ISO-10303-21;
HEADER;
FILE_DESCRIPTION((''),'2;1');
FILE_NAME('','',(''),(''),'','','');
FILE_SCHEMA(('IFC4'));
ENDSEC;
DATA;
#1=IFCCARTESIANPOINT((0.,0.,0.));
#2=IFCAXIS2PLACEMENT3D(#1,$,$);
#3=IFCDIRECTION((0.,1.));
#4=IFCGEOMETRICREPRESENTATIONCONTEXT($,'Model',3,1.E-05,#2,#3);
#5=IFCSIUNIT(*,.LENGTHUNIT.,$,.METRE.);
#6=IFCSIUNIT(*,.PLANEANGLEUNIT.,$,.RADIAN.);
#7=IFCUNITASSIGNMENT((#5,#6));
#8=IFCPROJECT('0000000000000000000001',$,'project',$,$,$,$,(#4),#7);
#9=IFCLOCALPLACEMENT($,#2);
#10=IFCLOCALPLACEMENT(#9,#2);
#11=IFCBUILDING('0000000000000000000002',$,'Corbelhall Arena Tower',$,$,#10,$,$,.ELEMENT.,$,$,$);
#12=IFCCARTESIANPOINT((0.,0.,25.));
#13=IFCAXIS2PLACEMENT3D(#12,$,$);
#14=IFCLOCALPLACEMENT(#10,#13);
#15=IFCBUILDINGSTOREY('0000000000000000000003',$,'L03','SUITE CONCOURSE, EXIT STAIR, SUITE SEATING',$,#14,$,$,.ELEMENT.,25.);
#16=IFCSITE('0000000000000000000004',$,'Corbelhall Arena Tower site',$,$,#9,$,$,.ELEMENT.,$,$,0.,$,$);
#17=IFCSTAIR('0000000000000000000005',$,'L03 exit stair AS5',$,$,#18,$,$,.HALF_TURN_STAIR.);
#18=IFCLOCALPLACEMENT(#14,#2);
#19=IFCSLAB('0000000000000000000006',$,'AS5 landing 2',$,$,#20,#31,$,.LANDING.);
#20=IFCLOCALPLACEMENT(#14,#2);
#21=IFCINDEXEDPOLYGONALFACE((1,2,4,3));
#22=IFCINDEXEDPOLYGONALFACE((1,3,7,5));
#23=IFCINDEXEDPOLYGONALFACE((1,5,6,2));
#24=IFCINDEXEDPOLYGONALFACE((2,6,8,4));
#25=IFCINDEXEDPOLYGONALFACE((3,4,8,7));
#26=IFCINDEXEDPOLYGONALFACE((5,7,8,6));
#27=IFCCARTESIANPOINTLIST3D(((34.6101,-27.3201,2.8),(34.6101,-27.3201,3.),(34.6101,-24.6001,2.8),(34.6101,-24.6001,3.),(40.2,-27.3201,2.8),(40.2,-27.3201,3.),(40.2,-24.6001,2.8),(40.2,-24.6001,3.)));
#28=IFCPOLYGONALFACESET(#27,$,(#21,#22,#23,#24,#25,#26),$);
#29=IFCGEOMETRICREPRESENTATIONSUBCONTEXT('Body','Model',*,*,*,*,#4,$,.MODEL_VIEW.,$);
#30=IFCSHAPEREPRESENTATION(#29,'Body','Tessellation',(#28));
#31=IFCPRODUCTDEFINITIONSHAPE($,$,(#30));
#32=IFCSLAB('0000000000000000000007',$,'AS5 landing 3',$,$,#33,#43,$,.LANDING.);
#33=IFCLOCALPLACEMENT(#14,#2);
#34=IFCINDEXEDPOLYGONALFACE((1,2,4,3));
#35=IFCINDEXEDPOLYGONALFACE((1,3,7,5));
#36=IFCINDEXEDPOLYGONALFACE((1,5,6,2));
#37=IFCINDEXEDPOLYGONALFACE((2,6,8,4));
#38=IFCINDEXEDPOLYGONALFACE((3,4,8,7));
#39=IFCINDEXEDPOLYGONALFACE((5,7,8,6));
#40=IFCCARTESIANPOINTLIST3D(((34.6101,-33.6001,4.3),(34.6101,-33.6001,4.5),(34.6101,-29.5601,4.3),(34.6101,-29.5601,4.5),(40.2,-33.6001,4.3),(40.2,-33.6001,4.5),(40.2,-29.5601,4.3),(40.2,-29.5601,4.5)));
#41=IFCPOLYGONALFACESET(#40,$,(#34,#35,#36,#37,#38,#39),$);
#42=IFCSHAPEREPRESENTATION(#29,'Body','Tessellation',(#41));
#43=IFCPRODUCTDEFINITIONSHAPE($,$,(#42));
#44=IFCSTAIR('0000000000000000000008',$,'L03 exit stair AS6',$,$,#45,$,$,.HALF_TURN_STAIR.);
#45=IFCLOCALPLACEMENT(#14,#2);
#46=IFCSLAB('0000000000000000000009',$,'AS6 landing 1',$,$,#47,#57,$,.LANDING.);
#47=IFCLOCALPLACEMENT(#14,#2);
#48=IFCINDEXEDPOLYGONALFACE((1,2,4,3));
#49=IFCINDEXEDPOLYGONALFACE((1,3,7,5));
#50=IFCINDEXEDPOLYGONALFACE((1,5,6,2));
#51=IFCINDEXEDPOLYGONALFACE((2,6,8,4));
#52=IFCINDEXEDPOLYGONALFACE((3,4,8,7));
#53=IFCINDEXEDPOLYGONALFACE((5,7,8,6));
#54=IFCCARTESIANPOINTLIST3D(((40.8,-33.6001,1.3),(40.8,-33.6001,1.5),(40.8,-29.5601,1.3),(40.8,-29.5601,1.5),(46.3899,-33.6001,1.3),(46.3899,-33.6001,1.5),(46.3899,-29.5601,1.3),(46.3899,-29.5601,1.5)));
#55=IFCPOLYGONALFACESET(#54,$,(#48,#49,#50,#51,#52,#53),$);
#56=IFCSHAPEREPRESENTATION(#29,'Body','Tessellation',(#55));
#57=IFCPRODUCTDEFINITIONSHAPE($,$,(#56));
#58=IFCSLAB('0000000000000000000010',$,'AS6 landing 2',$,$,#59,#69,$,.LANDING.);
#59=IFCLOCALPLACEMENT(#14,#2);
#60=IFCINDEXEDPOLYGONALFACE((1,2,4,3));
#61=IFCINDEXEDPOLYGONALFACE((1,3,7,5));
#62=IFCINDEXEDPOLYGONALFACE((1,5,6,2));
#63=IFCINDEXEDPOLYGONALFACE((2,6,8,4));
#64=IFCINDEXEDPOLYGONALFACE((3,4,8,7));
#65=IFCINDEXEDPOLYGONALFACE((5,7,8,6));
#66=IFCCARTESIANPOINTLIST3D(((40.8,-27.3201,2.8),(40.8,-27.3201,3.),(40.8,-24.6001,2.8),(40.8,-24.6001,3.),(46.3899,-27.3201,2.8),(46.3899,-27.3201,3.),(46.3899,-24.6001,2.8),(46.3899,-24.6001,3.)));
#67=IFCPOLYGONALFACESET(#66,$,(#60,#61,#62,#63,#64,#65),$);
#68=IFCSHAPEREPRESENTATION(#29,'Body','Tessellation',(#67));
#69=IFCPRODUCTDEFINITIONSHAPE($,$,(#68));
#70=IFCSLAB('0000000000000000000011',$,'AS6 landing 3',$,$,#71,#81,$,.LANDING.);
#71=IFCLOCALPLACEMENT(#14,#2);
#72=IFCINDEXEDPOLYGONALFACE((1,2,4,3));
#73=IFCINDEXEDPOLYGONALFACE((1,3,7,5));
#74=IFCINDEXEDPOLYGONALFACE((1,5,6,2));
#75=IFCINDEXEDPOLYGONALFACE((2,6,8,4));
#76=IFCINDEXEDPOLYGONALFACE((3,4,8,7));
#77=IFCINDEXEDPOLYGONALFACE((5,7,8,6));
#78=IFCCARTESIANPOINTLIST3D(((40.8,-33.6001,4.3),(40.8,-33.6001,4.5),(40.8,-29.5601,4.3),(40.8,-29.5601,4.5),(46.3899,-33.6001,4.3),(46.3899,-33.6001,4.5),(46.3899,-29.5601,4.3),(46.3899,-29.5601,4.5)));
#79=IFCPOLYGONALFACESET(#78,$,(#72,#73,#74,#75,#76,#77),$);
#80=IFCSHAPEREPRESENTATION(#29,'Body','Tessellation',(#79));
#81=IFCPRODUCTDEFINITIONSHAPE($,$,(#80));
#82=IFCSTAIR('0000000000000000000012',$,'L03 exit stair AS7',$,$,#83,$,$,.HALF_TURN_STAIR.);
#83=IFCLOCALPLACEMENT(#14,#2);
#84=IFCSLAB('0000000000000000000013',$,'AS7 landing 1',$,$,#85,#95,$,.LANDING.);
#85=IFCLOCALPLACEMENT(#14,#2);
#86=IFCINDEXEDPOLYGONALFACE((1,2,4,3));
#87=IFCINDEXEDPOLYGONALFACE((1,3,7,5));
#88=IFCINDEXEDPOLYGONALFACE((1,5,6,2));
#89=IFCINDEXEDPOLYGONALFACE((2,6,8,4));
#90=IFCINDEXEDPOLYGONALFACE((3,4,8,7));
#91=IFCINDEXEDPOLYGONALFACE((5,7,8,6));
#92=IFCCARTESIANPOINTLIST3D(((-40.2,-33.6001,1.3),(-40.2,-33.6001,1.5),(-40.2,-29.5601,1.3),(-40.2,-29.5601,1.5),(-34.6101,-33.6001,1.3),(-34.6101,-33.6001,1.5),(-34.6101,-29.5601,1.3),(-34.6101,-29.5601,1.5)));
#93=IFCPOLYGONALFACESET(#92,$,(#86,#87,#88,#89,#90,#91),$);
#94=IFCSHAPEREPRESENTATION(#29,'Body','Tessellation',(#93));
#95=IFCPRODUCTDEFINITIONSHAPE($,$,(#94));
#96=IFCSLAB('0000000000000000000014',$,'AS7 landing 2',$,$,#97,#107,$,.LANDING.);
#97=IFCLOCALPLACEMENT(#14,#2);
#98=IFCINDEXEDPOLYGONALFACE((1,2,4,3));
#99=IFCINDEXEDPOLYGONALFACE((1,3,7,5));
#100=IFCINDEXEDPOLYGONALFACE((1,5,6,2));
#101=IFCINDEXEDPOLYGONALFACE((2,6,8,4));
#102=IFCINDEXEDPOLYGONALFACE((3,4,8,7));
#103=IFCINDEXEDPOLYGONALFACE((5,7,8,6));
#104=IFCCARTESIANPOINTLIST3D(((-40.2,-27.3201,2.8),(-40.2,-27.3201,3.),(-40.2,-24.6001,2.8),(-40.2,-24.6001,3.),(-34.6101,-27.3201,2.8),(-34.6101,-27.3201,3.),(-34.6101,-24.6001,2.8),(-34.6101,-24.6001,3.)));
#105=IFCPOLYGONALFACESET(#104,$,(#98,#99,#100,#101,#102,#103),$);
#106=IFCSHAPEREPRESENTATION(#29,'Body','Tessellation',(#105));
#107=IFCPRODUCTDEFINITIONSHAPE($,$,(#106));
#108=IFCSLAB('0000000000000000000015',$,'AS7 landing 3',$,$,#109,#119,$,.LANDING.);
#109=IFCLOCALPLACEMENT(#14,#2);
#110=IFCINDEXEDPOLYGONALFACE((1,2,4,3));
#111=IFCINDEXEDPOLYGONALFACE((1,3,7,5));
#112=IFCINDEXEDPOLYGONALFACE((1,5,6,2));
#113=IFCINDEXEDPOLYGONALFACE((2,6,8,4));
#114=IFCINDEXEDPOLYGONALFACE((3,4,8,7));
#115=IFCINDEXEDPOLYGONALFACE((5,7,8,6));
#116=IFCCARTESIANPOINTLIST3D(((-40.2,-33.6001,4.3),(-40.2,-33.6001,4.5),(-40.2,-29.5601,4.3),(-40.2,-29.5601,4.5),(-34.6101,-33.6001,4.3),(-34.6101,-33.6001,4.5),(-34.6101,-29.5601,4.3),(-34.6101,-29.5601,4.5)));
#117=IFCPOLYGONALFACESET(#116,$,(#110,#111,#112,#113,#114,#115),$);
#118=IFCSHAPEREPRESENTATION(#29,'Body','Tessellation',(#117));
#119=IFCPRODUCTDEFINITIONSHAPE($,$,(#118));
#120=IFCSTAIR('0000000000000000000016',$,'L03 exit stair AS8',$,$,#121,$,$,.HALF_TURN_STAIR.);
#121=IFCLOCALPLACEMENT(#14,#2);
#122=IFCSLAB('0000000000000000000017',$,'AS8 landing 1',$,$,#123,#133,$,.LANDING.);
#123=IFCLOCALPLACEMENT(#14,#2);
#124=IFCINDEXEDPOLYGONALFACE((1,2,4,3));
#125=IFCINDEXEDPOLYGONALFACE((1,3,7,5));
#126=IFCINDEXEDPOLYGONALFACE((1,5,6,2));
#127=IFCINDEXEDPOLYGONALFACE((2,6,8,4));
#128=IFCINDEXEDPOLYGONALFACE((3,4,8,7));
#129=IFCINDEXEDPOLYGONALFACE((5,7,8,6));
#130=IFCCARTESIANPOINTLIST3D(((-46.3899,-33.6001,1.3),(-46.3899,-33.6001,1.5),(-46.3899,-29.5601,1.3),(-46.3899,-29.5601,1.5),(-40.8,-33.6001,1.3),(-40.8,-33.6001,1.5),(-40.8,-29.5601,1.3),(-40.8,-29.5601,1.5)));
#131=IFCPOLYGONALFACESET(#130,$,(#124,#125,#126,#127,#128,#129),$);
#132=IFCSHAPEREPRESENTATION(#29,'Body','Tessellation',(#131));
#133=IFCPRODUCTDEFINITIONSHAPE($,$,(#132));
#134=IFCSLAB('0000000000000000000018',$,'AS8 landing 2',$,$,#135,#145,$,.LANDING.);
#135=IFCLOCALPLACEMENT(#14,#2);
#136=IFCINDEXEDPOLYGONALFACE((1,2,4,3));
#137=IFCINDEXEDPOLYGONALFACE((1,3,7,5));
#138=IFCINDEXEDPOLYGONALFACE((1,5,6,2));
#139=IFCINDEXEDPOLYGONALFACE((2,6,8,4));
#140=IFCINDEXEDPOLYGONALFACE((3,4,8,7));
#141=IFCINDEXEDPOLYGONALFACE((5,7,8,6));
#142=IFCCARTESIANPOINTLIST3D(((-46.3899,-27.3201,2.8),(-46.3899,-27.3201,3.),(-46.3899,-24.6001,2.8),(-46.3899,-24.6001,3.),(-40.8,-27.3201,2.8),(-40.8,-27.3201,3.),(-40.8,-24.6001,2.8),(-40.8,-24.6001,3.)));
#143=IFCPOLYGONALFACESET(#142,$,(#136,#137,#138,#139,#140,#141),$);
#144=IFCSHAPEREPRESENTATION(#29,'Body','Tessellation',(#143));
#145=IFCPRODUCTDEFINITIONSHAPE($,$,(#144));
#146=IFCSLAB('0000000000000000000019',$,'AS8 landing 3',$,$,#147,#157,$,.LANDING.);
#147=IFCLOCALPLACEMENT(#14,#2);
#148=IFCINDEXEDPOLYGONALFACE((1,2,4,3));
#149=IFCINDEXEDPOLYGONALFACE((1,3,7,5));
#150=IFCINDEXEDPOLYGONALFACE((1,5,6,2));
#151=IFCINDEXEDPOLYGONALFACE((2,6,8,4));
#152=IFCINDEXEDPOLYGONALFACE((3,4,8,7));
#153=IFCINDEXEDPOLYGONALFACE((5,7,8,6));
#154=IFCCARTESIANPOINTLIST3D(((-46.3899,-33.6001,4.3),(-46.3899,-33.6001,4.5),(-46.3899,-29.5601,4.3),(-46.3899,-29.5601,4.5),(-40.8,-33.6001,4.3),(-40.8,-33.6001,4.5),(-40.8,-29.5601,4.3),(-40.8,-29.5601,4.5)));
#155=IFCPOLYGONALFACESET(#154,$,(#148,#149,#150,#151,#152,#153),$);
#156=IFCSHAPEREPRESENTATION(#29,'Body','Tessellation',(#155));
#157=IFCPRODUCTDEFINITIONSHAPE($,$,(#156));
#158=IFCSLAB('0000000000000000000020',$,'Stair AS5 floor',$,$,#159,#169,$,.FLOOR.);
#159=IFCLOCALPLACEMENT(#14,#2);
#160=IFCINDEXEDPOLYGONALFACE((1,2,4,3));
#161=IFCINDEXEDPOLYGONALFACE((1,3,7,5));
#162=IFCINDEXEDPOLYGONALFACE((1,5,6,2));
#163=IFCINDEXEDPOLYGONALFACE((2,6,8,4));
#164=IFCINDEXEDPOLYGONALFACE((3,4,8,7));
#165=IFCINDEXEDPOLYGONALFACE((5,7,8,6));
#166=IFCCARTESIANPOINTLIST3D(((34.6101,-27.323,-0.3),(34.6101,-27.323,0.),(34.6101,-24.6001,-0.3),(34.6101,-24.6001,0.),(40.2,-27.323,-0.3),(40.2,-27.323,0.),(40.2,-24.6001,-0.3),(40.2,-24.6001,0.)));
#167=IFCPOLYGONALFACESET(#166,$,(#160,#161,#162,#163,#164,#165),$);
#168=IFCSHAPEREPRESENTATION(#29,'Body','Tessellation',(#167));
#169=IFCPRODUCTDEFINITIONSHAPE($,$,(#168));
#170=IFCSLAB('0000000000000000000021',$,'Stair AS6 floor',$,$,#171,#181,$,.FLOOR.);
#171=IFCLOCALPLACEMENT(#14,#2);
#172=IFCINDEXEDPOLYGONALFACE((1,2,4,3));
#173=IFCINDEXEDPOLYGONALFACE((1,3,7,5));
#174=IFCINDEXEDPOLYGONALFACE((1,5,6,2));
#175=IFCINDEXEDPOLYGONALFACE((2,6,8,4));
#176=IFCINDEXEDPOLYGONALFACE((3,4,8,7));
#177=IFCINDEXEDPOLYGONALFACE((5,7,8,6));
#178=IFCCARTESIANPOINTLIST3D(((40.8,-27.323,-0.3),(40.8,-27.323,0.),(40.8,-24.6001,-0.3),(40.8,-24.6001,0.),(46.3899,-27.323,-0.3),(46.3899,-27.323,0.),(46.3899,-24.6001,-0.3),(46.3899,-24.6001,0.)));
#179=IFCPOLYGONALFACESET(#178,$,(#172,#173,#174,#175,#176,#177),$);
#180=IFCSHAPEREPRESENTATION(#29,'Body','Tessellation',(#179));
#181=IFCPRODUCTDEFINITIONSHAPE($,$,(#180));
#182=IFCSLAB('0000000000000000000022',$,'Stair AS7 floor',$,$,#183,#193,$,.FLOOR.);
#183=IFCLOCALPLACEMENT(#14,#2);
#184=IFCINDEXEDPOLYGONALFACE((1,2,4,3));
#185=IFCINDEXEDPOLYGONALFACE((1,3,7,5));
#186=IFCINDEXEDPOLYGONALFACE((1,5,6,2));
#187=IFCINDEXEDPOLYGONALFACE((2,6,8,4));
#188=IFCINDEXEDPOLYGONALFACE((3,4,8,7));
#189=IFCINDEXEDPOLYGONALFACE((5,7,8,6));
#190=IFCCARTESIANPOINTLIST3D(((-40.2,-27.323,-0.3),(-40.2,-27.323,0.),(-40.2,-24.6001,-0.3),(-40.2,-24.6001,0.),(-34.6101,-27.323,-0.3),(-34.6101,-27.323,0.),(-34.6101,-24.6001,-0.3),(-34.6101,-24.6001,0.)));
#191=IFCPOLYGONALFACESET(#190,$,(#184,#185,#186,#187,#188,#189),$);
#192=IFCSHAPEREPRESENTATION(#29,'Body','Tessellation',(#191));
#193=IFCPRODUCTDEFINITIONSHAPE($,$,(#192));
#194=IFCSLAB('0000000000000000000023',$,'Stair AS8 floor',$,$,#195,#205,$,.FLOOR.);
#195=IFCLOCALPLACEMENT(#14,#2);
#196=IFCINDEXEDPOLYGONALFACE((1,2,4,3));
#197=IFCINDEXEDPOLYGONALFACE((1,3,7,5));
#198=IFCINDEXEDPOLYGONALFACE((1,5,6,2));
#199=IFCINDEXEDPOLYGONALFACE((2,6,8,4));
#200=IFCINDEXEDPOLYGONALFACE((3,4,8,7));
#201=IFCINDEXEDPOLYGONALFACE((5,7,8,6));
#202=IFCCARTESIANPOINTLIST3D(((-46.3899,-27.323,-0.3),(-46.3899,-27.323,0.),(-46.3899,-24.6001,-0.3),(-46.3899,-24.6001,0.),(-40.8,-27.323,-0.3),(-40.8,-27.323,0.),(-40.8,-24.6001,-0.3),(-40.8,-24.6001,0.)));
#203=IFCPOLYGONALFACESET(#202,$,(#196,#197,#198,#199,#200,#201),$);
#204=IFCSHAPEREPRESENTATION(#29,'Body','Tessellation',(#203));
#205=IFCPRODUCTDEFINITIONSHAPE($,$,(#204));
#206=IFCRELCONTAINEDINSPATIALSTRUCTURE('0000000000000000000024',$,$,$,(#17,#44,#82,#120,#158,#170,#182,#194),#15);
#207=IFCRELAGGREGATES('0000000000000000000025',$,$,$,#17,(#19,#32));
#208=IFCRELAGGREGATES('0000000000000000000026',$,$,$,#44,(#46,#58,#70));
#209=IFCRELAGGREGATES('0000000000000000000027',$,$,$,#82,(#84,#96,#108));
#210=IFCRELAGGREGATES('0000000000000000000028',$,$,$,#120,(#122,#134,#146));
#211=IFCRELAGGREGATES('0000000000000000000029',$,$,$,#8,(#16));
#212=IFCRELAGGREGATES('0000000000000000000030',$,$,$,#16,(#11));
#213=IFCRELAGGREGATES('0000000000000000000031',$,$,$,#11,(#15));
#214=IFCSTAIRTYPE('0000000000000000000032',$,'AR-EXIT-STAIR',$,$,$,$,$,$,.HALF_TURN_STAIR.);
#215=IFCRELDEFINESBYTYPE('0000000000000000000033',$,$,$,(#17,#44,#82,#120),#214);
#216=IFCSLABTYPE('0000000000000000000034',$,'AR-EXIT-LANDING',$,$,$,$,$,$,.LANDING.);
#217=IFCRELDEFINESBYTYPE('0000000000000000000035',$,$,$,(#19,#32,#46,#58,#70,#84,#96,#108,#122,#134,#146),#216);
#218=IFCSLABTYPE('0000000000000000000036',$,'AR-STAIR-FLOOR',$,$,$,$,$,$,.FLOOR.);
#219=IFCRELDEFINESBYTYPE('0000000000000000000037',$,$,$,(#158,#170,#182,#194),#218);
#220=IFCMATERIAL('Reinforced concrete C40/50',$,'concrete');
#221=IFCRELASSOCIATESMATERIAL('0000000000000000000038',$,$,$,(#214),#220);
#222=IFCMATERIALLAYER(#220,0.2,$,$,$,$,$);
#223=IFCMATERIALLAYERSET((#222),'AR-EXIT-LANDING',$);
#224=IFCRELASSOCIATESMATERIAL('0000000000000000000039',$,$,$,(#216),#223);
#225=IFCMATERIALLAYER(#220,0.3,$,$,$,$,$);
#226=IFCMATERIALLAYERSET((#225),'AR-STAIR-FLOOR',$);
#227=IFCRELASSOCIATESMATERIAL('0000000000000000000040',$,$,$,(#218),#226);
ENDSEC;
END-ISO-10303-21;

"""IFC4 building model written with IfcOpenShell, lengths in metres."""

from ifc_helpers import new_model, si_unit, direction, frame, origin, place, context, subcontext, project, spatial, polyline, outline, extrude, material, layer, layer_set, type_object, element, aggregate, save


model = new_model("IFC4")

# Units and contexts
model_context = context("Model", 3, precision=1e-05, world=origin(), true_north=direction((0.0, 1.0)))
body_context = subcontext(model_context, "Body", "Model", "MODEL_VIEW")
ifc_project = project(units=[si_unit("LENGTHUNIT", "METRE"), si_unit("PLANEANGLEUNIT", "RADIAN")], contexts=[model_context])

# Site, building, storey
site_placement = place(None, origin())
site = spatial("IfcSite", under=ifc_project, at=site_placement, Name="Corbelhall Arena Tower site", CompositionType="ELEMENT", RefElevation=0.0)
building_placement = place(site_placement, origin())
building = spatial("IfcBuilding", under=site, at=building_placement, Name="Corbelhall Arena Tower", CompositionType="ELEMENT")
storey_placement = place(building_placement, frame((0.0, 0.0, 25.0)))
storey = spatial("IfcBuildingStorey", under=building, at=storey_placement, Name="L03", Description="SUITE CONCOURSE, EXIT STAIR, SUITE SEATING", CompositionType="ELEMENT", Elevation=25.0)

# Stairs, slabs
ifc_material = material(Name="Reinforced concrete C40/50", Category="concrete")
stair_type = type_object("IfcStairType", Name="AR-EXIT-STAIR", PredefinedType="HALF_TURN_STAIR", material=ifc_material)
stair_1_placement = place(storey_placement, origin())
stair_1 = element("IfcStair", 1, at=stair_1_placement, inside=storey, type_object=stair_type, Name="L03 exit stair AS5", PredefinedType="HALF_TURN_STAIR")
ifc_layer_1 = layer(ifc_material, 0.2)
ifc_layer_set_1 = layer_set([ifc_layer_1], Name="AR-EXIT-LANDING")
slab_type_1 = type_object("IfcSlabType", Name="AR-EXIT-LANDING", PredefinedType="LANDING", material=ifc_layer_set_1)
slab_1_placement = place(storey_placement, frame((0.0, 0.0, 2.8)))
slab_1 = element("IfcSlab", 2, at=slab_1_placement, type_object=slab_type_1, Name="AS5 landing 2", PredefinedType="LANDING", context=body_context, shape_type="SweptSolid", body=[
    extrude(outline(polyline([(34.6101, -24.6001), (34.6101, -27.3201), (40.2, -27.3201), (40.2, -24.6001), (34.6101, -24.6001)])), origin(), (0.0, 0.0, 1.0), 0.2),
])
slab_2_placement = place(storey_placement, frame((0.0, 0.0, 4.3)))
slab_2 = element("IfcSlab", 3, at=slab_2_placement, type_object=slab_type_1, Name="AS5 landing 3", PredefinedType="LANDING", context=body_context, shape_type="SweptSolid", body=[
    extrude(outline(polyline([(34.6101, -29.5601), (34.6101, -33.6001), (40.2, -33.6001), (40.2, -29.5601), (34.6101, -29.5601)])), origin(), (0.0, 0.0, 1.0), 0.2),
])
aggregate(stair_1, [slab_1, slab_2])
stair_2_placement = place(storey_placement, origin())
stair_2 = element("IfcStair", 4, at=stair_2_placement, inside=storey, type_object=stair_type, Name="L03 exit stair AS6", PredefinedType="HALF_TURN_STAIR")
slab_3_placement = place(storey_placement, frame((0.0, 0.0, 1.3)))
slab_3 = element("IfcSlab", 5, at=slab_3_placement, type_object=slab_type_1, Name="AS6 landing 1", PredefinedType="LANDING", context=body_context, shape_type="SweptSolid", body=[
    extrude(outline(polyline([(40.8, -29.5601), (40.8, -33.6001), (46.3899, -33.6001), (46.3899, -29.5601), (40.8, -29.5601)])), origin(), (0.0, 0.0, 1.0), 0.2),
])
slab_4_placement = place(storey_placement, frame((0.0, 0.0, 2.8)))
slab_4 = element("IfcSlab", 6, at=slab_4_placement, type_object=slab_type_1, Name="AS6 landing 2", PredefinedType="LANDING", context=body_context, shape_type="SweptSolid", body=[
    extrude(outline(polyline([(40.8, -24.6001), (40.8, -27.3201), (46.3899, -27.3201), (46.3899, -24.6001), (40.8, -24.6001)])), origin(), (0.0, 0.0, 1.0), 0.2),
])
slab_5_placement = place(storey_placement, frame((0.0, 0.0, 4.3)))
slab_5 = element("IfcSlab", 7, at=slab_5_placement, type_object=slab_type_1, Name="AS6 landing 3", PredefinedType="LANDING", context=body_context, shape_type="SweptSolid", body=[
    extrude(outline(polyline([(40.8, -29.5601), (40.8, -33.6001), (46.3899, -33.6001), (46.3899, -29.5601), (40.8, -29.5601)])), origin(), (0.0, 0.0, 1.0), 0.2),
])
aggregate(stair_2, [slab_3, slab_4, slab_5])
stair_3_placement = place(storey_placement, origin())
stair_3 = element("IfcStair", 8, at=stair_3_placement, inside=storey, type_object=stair_type, Name="L03 exit stair AS7", PredefinedType="HALF_TURN_STAIR")
slab_6_placement = place(storey_placement, frame((0.0, 0.0, 1.3)))
slab_6 = element("IfcSlab", 9, at=slab_6_placement, type_object=slab_type_1, Name="AS7 landing 1", PredefinedType="LANDING", context=body_context, shape_type="SweptSolid", body=[
    extrude(outline(polyline([(-40.2, -29.5601), (-40.2, -33.6001), (-34.6101, -33.6001), (-34.6101, -29.5601), (-40.2, -29.5601)])), origin(), (0.0, 0.0, 1.0), 0.2),
])
slab_7_placement = place(storey_placement, frame((0.0, 0.0, 2.8)))
slab_7 = element("IfcSlab", 10, at=slab_7_placement, type_object=slab_type_1, Name="AS7 landing 2", PredefinedType="LANDING", context=body_context, shape_type="SweptSolid", body=[
    extrude(outline(polyline([(-40.2, -24.6001), (-40.2, -27.3201), (-34.6101, -27.3201), (-34.6101, -24.6001), (-40.2, -24.6001)])), origin(), (0.0, 0.0, 1.0), 0.2),
])
slab_8_placement = place(storey_placement, frame((0.0, 0.0, 4.3)))
slab_8 = element("IfcSlab", 11, at=slab_8_placement, type_object=slab_type_1, Name="AS7 landing 3", PredefinedType="LANDING", context=body_context, shape_type="SweptSolid", body=[
    extrude(outline(polyline([(-40.2, -29.5601), (-40.2, -33.6001), (-34.6101, -33.6001), (-34.6101, -29.5601), (-40.2, -29.5601)])), origin(), (0.0, 0.0, 1.0), 0.2),
])
aggregate(stair_3, [slab_6, slab_7, slab_8])
stair_4_placement = place(storey_placement, origin())
stair_4 = element("IfcStair", 12, at=stair_4_placement, inside=storey, type_object=stair_type, Name="L03 exit stair AS8", PredefinedType="HALF_TURN_STAIR")
slab_9_placement = place(storey_placement, frame((0.0, 0.0, 1.3)))
slab_9 = element("IfcSlab", 13, at=slab_9_placement, type_object=slab_type_1, Name="AS8 landing 1", PredefinedType="LANDING", context=body_context, shape_type="SweptSolid", body=[
    extrude(outline(polyline([(-46.3899, -29.5601), (-46.3899, -33.6001), (-40.8, -33.6001), (-40.8, -29.5601), (-46.3899, -29.5601)])), origin(), (0.0, 0.0, 1.0), 0.2),
])
slab_10_placement = place(storey_placement, frame((0.0, 0.0, 2.8)))
slab_10 = element("IfcSlab", 14, at=slab_10_placement, type_object=slab_type_1, Name="AS8 landing 2", PredefinedType="LANDING", context=body_context, shape_type="SweptSolid", body=[
    extrude(outline(polyline([(-46.3899, -24.6001), (-46.3899, -27.3201), (-40.8, -27.3201), (-40.8, -24.6001), (-46.3899, -24.6001)])), origin(), (0.0, 0.0, 1.0), 0.2),
])
slab_11_placement = place(storey_placement, frame((0.0, 0.0, 4.3)))
slab_11 = element("IfcSlab", 15, at=slab_11_placement, type_object=slab_type_1, Name="AS8 landing 3", PredefinedType="LANDING", context=body_context, shape_type="SweptSolid", body=[
    extrude(outline(polyline([(-46.3899, -29.5601), (-46.3899, -33.6001), (-40.8, -33.6001), (-40.8, -29.5601), (-46.3899, -29.5601)])), origin(), (0.0, 0.0, 1.0), 0.2),
])
aggregate(stair_4, [slab_9, slab_10, slab_11])

# Slabs
ifc_layer_2 = layer(ifc_material, 0.3)
ifc_layer_set_2 = layer_set([ifc_layer_2], Name="AR-STAIR-FLOOR")
slab_type_2 = type_object("IfcSlabType", Name="AR-STAIR-FLOOR", PredefinedType="FLOOR", material=ifc_layer_set_2)
slab_12_placement = place(storey_placement, frame((0.0, 0.0, -0.3)))
element("IfcSlab", 16, at=slab_12_placement, inside=storey, type_object=slab_type_2, Name="Stair AS5 floor", PredefinedType="FLOOR", context=body_context, shape_type="SweptSolid", body=[
    extrude(outline(polyline([(34.6101, -24.6001), (40.2, -24.6001), (40.2, -27.323), (34.6101, -27.323), (34.6101, -24.6001)])), origin(), (0.0, 0.0, 1.0), 0.3),
])
slab_13_placement = place(storey_placement, frame((0.0, 0.0, -0.3)))
element("IfcSlab", 17, at=slab_13_placement, inside=storey, type_object=slab_type_2, Name="Stair AS6 floor", PredefinedType="FLOOR", context=body_context, shape_type="SweptSolid", body=[
    extrude(outline(polyline([(40.8, -24.6001), (46.3899, -24.6001), (46.3899, -27.323), (40.8, -27.323), (40.8, -24.6001)])), origin(), (0.0, 0.0, 1.0), 0.3),
])
slab_14_placement = place(storey_placement, frame((0.0, 0.0, -0.3)))
element("IfcSlab", 18, at=slab_14_placement, inside=storey, type_object=slab_type_2, Name="Stair AS7 floor", PredefinedType="FLOOR", context=body_context, shape_type="SweptSolid", body=[
    extrude(outline(polyline([(-40.2, -24.6001), (-34.6101, -24.6001), (-34.6101, -27.323), (-40.2, -27.323), (-40.2, -24.6001)])), origin(), (0.0, 0.0, 1.0), 0.3),
])
slab_15_placement = place(storey_placement, frame((0.0, 0.0, -0.3)))
element("IfcSlab", 19, at=slab_15_placement, inside=storey, type_object=slab_type_2, Name="Stair AS8 floor", PredefinedType="FLOOR", context=body_context, shape_type="SweptSolid", body=[
    extrude(outline(polyline([(-46.3899, -24.6001), (-40.8, -24.6001), (-40.8, -27.323), (-46.3899, -27.323), (-46.3899, -24.6001)])), origin(), (0.0, 0.0, 1.0), 0.3),
])

save(model, "model.ifc")
